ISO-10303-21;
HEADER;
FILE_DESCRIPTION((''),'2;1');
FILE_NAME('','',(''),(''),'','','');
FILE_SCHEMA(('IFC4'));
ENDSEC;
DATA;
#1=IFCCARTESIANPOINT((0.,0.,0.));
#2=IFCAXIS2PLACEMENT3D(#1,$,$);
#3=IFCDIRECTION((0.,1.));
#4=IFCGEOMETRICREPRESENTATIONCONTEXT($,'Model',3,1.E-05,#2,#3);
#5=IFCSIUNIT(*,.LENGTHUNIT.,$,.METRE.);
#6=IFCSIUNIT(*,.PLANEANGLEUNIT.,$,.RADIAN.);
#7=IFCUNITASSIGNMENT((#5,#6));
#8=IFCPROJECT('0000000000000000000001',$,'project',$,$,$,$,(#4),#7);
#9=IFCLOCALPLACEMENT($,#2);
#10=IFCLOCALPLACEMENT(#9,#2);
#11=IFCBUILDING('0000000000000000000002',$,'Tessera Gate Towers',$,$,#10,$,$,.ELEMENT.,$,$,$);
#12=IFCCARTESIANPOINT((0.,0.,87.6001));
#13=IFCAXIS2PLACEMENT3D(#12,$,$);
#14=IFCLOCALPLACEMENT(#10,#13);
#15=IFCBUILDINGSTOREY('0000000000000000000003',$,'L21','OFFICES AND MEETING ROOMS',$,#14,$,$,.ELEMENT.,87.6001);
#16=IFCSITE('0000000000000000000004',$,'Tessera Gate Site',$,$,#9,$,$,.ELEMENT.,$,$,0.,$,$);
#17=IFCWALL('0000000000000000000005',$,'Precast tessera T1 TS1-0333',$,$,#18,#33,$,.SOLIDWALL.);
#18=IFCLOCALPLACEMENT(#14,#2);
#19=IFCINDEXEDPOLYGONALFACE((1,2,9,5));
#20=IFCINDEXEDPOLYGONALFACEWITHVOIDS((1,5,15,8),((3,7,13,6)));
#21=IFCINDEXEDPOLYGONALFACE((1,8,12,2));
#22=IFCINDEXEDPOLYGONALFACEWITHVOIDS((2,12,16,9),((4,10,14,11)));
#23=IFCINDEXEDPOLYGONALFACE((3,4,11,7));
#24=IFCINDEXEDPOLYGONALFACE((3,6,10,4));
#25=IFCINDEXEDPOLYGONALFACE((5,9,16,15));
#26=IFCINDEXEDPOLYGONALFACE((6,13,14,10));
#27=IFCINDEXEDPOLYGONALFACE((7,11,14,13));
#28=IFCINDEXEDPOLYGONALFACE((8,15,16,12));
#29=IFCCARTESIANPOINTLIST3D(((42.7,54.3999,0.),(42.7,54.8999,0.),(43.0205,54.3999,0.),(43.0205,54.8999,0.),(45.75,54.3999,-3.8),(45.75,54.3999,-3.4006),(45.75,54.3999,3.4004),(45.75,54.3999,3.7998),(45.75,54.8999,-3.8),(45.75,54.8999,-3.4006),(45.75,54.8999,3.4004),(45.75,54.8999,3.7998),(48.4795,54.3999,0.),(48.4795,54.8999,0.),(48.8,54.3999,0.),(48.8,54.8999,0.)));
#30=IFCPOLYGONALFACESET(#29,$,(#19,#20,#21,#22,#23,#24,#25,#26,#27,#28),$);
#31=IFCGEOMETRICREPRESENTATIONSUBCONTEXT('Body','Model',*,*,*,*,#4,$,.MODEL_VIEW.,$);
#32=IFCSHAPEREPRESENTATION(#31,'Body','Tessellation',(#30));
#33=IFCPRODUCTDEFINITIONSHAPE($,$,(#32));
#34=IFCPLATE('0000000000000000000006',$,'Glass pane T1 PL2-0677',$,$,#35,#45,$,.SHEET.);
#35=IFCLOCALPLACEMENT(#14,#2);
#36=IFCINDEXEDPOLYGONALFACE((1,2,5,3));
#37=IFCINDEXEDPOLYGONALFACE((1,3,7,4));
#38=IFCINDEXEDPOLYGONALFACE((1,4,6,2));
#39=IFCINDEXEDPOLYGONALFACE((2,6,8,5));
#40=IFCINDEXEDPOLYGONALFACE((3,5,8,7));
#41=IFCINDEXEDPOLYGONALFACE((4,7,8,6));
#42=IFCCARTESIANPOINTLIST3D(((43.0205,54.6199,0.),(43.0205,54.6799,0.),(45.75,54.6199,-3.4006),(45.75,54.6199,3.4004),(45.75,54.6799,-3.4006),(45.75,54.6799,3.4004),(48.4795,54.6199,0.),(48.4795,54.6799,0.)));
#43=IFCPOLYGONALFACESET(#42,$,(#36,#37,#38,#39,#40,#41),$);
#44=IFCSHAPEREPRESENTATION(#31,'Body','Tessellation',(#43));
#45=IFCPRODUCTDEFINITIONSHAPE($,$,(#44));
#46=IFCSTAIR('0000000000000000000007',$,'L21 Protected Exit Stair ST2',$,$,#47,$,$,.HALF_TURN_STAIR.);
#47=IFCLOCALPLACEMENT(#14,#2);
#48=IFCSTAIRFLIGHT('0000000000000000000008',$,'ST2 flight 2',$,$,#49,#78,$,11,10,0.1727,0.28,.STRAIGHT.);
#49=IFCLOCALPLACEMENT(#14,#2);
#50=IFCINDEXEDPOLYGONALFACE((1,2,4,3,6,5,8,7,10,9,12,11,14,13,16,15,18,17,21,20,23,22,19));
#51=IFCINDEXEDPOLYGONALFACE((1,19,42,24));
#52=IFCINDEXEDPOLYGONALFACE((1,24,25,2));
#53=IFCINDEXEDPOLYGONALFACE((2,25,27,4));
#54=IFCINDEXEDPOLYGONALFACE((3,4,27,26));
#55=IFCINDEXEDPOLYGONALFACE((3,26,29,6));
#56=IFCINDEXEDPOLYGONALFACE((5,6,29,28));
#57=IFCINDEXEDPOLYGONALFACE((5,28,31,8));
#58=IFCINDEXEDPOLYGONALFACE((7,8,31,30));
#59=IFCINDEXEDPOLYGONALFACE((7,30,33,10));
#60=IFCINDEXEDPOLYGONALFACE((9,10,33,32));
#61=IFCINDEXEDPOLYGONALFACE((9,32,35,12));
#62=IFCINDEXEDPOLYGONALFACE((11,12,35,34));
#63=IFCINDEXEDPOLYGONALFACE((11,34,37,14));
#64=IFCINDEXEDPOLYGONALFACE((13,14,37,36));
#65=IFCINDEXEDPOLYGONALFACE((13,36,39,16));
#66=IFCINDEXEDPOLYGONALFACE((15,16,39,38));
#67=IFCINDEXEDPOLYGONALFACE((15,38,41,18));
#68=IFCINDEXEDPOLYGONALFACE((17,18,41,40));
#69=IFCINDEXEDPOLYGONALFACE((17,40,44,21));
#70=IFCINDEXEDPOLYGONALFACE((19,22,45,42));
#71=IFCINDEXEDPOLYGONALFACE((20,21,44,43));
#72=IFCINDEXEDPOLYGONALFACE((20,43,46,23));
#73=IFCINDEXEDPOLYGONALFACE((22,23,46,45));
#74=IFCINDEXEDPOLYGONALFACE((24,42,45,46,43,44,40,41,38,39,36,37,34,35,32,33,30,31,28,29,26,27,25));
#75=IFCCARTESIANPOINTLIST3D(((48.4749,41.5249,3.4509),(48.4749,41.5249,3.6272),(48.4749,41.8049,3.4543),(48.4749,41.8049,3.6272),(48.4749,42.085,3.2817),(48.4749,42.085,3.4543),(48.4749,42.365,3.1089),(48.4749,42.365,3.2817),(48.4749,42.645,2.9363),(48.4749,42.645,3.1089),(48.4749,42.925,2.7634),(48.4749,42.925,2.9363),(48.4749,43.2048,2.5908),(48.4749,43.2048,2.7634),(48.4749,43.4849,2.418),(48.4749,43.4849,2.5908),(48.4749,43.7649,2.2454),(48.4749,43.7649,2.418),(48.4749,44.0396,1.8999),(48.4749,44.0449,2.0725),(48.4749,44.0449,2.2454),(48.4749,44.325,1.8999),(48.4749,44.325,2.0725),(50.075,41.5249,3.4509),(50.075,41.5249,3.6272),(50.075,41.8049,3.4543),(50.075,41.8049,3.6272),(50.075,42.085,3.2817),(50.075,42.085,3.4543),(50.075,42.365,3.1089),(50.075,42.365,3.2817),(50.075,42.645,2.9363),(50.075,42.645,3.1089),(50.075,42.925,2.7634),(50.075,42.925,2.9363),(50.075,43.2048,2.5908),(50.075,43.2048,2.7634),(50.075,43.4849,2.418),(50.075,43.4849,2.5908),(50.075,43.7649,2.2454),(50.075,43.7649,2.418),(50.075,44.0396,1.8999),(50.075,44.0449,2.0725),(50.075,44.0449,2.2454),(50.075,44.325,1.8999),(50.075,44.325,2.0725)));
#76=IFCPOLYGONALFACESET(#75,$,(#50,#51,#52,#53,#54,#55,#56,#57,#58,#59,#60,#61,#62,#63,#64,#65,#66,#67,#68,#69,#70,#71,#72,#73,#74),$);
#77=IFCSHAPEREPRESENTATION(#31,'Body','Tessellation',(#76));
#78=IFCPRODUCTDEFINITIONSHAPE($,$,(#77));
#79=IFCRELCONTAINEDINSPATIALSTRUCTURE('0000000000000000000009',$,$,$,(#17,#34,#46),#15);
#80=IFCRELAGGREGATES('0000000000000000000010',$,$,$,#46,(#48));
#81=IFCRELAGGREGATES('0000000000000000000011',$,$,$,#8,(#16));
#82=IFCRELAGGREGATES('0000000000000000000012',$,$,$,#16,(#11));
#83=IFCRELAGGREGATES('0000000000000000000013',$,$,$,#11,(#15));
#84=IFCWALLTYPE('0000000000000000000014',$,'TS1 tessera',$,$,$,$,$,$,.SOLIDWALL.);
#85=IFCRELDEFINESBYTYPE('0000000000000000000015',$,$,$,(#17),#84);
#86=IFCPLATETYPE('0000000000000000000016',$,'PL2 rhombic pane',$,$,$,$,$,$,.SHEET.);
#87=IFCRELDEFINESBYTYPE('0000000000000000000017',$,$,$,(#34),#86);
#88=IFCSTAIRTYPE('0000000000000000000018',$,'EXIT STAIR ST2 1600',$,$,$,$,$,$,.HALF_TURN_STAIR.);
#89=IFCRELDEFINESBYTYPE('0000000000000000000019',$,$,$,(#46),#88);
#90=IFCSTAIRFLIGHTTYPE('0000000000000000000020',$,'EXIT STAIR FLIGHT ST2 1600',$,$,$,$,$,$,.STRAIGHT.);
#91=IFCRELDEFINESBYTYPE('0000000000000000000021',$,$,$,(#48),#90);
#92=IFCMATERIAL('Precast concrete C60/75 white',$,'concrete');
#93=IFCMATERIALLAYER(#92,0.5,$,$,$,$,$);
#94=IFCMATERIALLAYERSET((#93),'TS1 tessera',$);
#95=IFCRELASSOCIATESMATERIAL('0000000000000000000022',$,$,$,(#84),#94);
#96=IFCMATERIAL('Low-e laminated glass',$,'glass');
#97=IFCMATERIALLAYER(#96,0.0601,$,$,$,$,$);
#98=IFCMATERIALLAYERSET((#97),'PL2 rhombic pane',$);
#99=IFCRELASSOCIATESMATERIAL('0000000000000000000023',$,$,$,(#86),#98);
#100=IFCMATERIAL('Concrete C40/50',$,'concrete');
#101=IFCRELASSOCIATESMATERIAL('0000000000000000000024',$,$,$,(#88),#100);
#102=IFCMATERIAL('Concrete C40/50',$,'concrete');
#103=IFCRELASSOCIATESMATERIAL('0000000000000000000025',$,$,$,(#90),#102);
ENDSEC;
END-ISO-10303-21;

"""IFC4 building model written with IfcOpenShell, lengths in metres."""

from ifc_helpers import new_model, si_unit, direction, frame, origin, place, context, subcontext, project, spatial, polyline, outline, extrude, source, transform, mapped, material, layer, layer_set, type_object, element, fill, aggregate, save


model = new_model("IFC4")

# Units and contexts
model_context = context("Model", 3, precision=1e-05, world=origin(), true_north=direction((0.0, 1.0)))
body_context = subcontext(model_context, "Body", "Model", "MODEL_VIEW")
ifc_project = project(units=[si_unit("LENGTHUNIT", "METRE"), si_unit("PLANEANGLEUNIT", "RADIAN")], contexts=[model_context])

# Site, building, storey
site_placement = place(None, origin())
site = spatial("IfcSite", under=ifc_project, at=site_placement, Name="Tessera Gate Site", CompositionType="ELEMENT", RefElevation=0.0)
building_placement = place(site_placement, origin())
building = spatial("IfcBuilding", under=site, at=building_placement, Name="Tessera Gate Towers", CompositionType="ELEMENT")
storey_placement = place(building_placement, frame((0.0, 0.0, 87.6001)))
storey = spatial("IfcBuildingStorey", under=building, at=storey_placement, Name="L21", Description="OFFICES AND MEETING ROOMS", CompositionType="ELEMENT", Elevation=87.6001)

# Wall, opening, plate
ifc_material_1 = material(Name="Precast concrete C60/75 white", Category="concrete")
ifc_layer_1 = layer(ifc_material_1, 0.5)
ifc_layer_set_1 = layer_set([ifc_layer_1], Name="TS1 tessera")
wall_type_1 = type_object("IfcWallType", Name="TS1 tessera", PredefinedType="SOLIDWALL", material=ifc_layer_set_1)
shared_shape_1 = source(origin(), body_context, "Body", "SweptSolid", [
    extrude(outline(polyline([(3.05, 0.0), (6.1001, 3.8), (3.05, 7.5999), (0.0, 3.8), (3.05, 0.0)])), frame((0.0, 0.25, 0.0), z_axis=(0.0, -1.0, 0.0), x_axis=(1.0, 0.0, 0.0)), (0.0, 0.0, 1.0), 0.5),
])
wall_1_placement = place(storey_placement, frame((48.8, 54.6499, -3.8), z_axis=(0.0, 0.0, 1.0), x_axis=(-1.0, 0.0, 0.0)))
wall_1 = element("IfcWall", 1, at=wall_1_placement, inside=storey, type_object=wall_type_1, Name="Precast tessera T1 TS1-0333", PredefinedType="SOLIDWALL", context=body_context, shape_type="MappedRepresentation", body=[
    mapped(shared_shape_1, transform((0.0, 0.0, 0.0), scale=1.0)),
])
shared_shape_2 = source(origin(), body_context, "Body", "SweptSolid", [
    extrude(outline(polyline([(3.05, 0.3994), (5.7795, 3.8), (3.05, 7.2004), (0.3206, 3.8), (3.05, 0.3994)])), frame((0.0, 0.26, 0.0), z_axis=(0.0, -1.0, 0.0), x_axis=(1.0, 0.0, 0.0)), (0.0, 0.0, 1.0), 0.52),
])
opening_1_placement = place(wall_1_placement, origin())
opening_1 = element("IfcOpeningElement", 2, at=opening_1_placement, cuts=wall_1, PredefinedType="OPENING", context=body_context, shape_type="MappedRepresentation", body=[
    mapped(shared_shape_2, transform((0.0, 0.0, 0.0), scale=1.0)),
])
ifc_material_2 = material(Name="Low-e laminated glass", Category="glass")
ifc_layer_2 = layer(ifc_material_2, 0.0601)
ifc_layer_set_2 = layer_set([ifc_layer_2], Name="PL2 rhombic pane")
plate_type = type_object("IfcPlateType", Name="PL2 rhombic pane", PredefinedType="SHEET", material=ifc_layer_set_2)
shared_shape_3 = source(origin(), body_context, "Body", "SweptSolid", [
    extrude(outline(polyline([(3.05, 0.3994), (5.7795, 3.8), (3.05, 7.2004), (0.3206, 3.8), (3.05, 0.3994)])), frame((0.0, 0.03, 0.0), z_axis=(0.0, -1.0, 0.0), x_axis=(1.0, 0.0, 0.0)), (0.0, 0.0, 1.0), 0.0601),
])
plate_placement = place(opening_1_placement, origin())
plate = element("IfcPlate", 3, at=plate_placement, inside=storey, type_object=plate_type, Name="Glass pane T1 PL2-0677", PredefinedType="SHEET", context=body_context, shape_type="MappedRepresentation", body=[
    mapped(shared_shape_3, transform((0.0, 0.0, 0.0), scale=1.0)),
])
fill(opening_1, plate)

# Stair, stair flight
ifc_material_3 = material(Name="Concrete C40/50", Category="concrete")
stair_type = type_object("IfcStairType", Name="EXIT STAIR ST2 1600", PredefinedType="HALF_TURN_STAIR", material=ifc_material_3)
stair_placement = place(storey_placement, origin())
stair = element("IfcStair", 4, at=stair_placement, inside=storey, type_object=stair_type, Name="L21 Protected Exit Stair ST2", PredefinedType="HALF_TURN_STAIR")
ifc_material_4 = material(Name="Concrete C40/50", Category="concrete")
stair_flight_type = type_object("IfcStairFlightType", Name="EXIT STAIR FLIGHT ST2 1600", PredefinedType="STRAIGHT", material=ifc_material_4)
stair_flight_placement = place(storey_placement, frame((49.2749, 44.325, 1.8999), z_axis=(0.0, 0.0, 1.0), x_axis=(0.0, -1.0, 0.0)))
stair_flight = element("IfcStairFlight", 5, at=stair_flight_placement, type_object=stair_flight_type, Name="ST2 flight 2", NumberOfRisers=11, NumberOfTreads=10, PredefinedType="STRAIGHT", RiserHeight=0.1727, TreadLength=0.28, context=body_context, shape_type="SweptSolid", body=[
    extrude(outline(polyline([(0.0, 0.0), (0.0, 0.1726), (0.28, 0.1726), (0.28, 0.3455), (0.5601, 0.3455), (0.5601, 0.5181), (0.8401, 0.5181), (0.8401, 0.6909), (1.1201, 0.6909), (1.1201, 0.8635), (1.3999, 0.8635), (1.3999, 1.0364), (1.6799, 1.0364), (1.6799, 1.209), (1.96, 1.209), (1.96, 1.3818), (2.24, 1.3818), (2.24, 1.5544), (2.52, 1.5544), (2.52, 1.7273), (2.8, 1.7273), (2.8, 1.8999), (2.8, 1.551), (0.2854, 0.0), (0.0, 0.0)])), frame((0.0, 0.8, 0.0), z_axis=(0.0, -1.0, 0.0), x_axis=(1.0, 0.0, 0.0)), (0.0, 0.0, 1.0), 1.6001),
])
aggregate(stair, [stair_flight])

save(model, "model.ifc")
